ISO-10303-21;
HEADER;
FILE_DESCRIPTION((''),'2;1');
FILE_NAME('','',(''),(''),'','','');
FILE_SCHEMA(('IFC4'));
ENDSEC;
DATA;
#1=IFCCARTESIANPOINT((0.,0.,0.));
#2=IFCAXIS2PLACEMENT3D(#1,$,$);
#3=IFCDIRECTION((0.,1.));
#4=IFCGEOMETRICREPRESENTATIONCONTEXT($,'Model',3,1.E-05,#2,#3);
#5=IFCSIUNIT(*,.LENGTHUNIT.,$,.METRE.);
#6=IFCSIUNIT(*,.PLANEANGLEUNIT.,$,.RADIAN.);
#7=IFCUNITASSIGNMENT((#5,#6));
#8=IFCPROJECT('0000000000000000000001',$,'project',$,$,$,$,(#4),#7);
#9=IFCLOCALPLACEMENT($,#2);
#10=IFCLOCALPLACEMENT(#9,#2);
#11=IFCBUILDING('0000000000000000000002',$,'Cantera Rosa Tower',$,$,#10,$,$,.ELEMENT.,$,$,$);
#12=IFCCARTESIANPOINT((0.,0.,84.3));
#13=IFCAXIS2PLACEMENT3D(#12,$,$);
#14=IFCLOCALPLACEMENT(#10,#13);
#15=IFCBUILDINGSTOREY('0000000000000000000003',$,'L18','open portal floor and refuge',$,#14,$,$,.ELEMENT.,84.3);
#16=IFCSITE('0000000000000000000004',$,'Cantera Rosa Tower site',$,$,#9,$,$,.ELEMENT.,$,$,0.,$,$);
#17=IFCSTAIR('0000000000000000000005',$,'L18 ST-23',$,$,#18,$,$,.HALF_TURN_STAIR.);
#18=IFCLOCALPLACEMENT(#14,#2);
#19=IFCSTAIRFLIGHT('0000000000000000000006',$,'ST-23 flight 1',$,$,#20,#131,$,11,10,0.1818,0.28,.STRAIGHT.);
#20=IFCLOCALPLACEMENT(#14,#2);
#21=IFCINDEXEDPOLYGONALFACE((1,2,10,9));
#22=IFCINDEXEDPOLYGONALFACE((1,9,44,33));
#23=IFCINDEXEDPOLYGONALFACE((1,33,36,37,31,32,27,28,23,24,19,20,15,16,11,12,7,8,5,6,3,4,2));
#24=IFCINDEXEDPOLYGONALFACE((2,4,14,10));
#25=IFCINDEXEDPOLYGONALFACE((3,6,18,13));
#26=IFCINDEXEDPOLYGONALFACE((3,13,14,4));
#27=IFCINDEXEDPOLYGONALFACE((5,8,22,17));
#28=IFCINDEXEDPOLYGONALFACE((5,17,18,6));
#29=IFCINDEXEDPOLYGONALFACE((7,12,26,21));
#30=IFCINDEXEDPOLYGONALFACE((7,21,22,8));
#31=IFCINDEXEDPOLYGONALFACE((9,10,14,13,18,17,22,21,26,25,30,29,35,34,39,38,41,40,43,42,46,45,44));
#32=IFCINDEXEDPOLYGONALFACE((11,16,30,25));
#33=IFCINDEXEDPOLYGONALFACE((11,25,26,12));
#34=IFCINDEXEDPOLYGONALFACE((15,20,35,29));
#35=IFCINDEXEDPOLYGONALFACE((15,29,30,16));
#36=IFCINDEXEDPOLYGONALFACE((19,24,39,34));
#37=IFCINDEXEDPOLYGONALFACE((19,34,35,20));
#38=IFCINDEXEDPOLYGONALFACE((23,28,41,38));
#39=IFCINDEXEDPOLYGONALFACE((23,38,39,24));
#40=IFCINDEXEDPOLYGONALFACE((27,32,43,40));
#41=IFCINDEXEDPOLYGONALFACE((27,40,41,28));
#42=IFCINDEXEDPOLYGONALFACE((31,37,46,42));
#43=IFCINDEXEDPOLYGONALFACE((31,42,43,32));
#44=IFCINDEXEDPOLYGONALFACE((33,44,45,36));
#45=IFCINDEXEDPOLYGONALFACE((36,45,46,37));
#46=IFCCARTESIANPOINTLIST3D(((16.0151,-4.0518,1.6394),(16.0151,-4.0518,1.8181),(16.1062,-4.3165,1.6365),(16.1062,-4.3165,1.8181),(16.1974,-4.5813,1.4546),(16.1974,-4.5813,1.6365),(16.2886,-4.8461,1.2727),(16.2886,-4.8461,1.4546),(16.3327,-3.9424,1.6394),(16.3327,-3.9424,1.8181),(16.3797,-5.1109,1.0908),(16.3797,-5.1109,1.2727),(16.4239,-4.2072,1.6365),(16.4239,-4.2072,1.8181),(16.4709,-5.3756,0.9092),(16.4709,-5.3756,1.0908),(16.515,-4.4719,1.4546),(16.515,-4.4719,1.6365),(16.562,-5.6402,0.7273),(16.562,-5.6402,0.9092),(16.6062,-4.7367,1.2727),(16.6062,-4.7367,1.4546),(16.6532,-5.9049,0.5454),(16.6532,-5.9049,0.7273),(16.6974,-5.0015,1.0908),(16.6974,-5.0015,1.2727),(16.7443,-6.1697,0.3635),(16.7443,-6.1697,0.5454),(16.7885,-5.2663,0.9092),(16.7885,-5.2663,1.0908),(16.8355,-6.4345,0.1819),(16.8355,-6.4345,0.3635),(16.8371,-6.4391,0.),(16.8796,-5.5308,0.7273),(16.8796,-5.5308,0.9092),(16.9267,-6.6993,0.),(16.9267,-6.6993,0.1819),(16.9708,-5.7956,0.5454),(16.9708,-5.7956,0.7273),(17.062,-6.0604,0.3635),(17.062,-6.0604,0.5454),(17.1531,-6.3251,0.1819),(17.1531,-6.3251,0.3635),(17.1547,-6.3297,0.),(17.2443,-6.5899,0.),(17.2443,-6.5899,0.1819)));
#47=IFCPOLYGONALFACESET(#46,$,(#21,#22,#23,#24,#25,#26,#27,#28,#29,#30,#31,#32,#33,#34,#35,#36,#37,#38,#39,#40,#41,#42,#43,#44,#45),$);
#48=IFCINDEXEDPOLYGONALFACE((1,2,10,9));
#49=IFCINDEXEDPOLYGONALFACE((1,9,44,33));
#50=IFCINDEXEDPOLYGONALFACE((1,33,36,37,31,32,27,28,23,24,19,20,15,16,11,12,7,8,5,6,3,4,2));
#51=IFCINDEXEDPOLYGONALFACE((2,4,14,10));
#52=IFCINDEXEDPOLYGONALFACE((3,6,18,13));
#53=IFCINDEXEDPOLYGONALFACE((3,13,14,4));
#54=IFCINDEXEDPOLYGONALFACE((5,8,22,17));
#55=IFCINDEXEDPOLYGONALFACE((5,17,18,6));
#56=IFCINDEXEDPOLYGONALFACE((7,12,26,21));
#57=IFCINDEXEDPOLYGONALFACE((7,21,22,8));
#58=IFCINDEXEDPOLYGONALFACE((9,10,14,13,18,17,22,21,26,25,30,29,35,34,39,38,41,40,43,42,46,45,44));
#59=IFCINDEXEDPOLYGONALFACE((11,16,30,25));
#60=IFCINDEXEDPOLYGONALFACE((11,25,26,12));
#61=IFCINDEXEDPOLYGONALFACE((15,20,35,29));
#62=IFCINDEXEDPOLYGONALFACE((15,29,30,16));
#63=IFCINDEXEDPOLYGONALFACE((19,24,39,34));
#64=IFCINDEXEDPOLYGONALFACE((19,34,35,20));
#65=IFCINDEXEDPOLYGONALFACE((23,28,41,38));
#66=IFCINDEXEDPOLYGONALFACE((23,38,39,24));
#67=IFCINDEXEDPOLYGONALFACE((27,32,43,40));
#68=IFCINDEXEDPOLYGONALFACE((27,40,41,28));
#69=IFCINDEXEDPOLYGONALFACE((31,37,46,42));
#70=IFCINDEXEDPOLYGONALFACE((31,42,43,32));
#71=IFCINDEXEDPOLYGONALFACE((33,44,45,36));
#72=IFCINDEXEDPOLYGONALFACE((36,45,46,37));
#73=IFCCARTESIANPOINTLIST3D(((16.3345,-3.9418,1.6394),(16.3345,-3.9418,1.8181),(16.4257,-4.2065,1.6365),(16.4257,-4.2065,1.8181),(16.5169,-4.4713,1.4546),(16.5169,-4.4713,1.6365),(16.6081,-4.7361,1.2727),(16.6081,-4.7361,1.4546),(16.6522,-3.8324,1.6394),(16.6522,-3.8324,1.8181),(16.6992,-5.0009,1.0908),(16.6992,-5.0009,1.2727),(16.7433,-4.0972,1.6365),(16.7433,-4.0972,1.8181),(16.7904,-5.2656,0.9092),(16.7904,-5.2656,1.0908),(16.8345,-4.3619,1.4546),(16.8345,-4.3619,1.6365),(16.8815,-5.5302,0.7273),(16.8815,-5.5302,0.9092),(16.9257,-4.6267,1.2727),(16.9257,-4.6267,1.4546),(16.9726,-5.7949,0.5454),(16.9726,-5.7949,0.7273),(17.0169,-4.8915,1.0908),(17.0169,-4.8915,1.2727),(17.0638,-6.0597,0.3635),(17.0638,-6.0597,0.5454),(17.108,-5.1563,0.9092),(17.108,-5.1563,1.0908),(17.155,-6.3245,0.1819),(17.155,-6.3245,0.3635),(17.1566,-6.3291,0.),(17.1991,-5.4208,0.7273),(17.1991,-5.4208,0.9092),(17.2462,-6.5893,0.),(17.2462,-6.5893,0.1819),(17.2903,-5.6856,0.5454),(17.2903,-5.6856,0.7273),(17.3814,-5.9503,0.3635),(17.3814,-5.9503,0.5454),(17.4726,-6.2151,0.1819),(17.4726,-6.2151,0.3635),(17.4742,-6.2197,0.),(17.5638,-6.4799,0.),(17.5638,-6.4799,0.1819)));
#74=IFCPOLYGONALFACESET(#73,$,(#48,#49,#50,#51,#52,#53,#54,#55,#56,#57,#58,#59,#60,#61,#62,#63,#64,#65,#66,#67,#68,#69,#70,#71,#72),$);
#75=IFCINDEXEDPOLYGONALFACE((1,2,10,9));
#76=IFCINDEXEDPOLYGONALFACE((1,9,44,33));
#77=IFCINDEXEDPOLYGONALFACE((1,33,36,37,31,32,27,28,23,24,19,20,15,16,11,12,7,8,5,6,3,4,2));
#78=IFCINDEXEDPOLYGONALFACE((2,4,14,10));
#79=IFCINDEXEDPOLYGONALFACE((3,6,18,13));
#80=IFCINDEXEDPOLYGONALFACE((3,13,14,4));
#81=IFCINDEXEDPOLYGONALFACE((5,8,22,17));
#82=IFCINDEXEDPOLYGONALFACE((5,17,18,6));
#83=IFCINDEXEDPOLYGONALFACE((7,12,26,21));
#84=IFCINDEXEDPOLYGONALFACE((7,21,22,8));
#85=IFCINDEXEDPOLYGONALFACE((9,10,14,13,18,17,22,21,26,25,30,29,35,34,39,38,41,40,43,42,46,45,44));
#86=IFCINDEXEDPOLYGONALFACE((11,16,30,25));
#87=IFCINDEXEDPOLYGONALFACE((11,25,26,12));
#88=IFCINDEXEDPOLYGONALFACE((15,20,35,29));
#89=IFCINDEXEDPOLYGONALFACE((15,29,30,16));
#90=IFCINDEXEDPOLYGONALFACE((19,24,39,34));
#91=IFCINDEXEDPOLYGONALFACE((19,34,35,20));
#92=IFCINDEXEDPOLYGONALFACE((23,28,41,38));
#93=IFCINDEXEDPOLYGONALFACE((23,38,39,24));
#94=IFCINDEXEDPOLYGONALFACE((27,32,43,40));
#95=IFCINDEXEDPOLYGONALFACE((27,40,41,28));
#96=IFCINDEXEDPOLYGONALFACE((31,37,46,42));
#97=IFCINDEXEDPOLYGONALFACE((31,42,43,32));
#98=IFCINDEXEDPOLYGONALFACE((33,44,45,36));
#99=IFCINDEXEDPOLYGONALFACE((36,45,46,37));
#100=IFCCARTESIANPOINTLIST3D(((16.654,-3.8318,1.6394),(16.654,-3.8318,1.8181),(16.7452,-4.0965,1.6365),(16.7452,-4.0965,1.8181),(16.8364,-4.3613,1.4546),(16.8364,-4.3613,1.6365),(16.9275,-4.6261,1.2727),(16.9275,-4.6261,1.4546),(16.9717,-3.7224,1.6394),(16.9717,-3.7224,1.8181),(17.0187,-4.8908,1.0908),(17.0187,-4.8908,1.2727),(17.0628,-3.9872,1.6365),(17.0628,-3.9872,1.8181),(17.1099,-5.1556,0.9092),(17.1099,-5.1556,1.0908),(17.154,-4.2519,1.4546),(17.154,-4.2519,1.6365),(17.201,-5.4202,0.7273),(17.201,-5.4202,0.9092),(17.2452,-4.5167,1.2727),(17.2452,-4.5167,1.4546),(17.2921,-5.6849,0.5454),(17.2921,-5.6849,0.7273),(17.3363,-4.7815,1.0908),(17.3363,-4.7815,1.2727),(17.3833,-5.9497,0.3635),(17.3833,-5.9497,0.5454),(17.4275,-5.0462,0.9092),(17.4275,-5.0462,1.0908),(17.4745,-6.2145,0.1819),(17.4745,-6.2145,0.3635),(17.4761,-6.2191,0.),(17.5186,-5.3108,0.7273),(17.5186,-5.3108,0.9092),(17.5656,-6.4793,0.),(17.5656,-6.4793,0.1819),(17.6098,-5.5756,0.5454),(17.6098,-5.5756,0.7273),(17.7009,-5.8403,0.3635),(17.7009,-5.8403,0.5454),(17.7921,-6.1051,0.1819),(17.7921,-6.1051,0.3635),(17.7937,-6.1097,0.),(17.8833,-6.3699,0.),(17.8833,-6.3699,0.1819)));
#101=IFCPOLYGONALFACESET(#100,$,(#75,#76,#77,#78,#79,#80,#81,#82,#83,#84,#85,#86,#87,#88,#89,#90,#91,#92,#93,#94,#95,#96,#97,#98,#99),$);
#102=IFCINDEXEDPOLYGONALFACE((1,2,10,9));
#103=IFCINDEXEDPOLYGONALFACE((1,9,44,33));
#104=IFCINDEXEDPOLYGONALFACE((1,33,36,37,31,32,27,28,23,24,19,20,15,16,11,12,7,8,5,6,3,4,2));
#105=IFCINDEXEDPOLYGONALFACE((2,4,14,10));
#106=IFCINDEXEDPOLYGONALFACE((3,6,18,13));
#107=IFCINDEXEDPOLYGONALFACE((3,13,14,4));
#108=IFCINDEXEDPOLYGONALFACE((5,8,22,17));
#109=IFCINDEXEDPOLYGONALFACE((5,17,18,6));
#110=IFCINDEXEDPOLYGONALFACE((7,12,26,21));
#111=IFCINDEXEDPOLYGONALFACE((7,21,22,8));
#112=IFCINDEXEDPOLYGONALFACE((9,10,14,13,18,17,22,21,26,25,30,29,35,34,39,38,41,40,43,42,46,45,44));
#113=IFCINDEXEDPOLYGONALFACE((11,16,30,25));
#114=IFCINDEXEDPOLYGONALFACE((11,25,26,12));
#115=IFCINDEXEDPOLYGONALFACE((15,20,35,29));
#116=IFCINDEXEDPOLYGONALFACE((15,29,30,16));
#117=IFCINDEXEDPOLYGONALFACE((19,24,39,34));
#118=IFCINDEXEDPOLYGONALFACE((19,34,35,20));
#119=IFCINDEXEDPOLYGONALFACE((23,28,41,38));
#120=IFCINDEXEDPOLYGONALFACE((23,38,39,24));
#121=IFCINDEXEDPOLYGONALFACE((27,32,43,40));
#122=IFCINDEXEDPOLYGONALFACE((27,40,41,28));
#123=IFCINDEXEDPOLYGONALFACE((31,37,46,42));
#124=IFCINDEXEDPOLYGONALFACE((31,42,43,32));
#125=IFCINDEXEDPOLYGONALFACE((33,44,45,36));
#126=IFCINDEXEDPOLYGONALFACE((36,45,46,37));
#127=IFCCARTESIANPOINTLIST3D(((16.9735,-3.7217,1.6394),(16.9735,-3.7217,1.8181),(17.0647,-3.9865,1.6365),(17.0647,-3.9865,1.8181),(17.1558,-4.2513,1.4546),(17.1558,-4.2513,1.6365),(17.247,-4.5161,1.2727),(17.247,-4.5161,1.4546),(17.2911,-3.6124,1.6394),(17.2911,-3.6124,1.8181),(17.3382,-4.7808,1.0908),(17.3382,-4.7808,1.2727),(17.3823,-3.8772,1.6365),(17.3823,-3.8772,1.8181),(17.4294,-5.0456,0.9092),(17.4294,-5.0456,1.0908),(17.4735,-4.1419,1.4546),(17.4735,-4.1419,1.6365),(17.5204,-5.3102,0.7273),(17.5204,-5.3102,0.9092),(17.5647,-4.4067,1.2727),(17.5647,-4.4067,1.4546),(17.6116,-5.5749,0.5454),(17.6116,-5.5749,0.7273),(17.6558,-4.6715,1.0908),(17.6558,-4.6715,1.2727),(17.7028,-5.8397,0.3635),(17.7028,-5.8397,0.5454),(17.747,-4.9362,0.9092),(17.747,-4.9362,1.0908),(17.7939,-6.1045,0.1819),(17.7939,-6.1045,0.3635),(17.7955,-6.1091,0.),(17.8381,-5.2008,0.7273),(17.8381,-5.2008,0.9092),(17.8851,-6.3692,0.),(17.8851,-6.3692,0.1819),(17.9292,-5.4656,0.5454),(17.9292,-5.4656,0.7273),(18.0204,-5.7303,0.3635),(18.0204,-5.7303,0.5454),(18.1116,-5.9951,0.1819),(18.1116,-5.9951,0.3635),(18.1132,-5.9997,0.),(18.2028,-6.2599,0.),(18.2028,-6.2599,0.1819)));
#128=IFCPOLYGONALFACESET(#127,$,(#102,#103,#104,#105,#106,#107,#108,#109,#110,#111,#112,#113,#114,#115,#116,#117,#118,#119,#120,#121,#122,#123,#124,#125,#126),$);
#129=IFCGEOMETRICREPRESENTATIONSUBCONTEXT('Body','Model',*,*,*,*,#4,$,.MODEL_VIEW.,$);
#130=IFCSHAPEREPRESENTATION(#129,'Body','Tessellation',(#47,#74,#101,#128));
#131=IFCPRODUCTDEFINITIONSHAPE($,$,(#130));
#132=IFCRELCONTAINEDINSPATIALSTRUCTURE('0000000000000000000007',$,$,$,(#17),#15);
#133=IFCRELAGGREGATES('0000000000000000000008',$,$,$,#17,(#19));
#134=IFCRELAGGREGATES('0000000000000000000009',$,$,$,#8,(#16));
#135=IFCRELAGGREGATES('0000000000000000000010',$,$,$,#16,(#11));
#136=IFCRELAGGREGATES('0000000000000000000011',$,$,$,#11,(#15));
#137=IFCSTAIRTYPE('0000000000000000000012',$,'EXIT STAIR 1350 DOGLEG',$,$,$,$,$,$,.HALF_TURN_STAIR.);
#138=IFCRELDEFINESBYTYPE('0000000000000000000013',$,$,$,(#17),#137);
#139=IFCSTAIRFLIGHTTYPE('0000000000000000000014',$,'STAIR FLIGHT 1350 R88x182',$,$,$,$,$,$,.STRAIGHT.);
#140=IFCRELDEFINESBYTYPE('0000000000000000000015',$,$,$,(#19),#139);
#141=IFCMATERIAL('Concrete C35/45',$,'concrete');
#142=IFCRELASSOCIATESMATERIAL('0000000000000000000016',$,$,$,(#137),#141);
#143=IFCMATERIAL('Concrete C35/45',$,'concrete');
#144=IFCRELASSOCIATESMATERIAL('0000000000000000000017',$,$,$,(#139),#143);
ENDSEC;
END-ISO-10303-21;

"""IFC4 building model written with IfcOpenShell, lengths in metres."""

from ifc_helpers import new_model, si_unit, direction, frame, origin, place, context, subcontext, project, spatial, polyline, outline, extrude, material, type_object, element, aggregate, save


model = new_model("IFC4")

# Units and contexts
model_context = context("Model", 3, precision=1e-05, world=origin(), true_north=direction((0.0, 1.0)))
body_context = subcontext(model_context, "Body", "Model", "MODEL_VIEW")
ifc_project = project(units=[si_unit("LENGTHUNIT", "METRE"), si_unit("PLANEANGLEUNIT", "RADIAN")], contexts=[model_context])

# Site, building, storey
site_placement = place(None, origin())
site = spatial("IfcSite", under=ifc_project, at=site_placement, Name="Cantera Rosa Tower site", CompositionType="ELEMENT", RefElevation=0.0)
building_placement = place(site_placement, origin())
building = spatial("IfcBuilding", under=site, at=building_placement, Name="Cantera Rosa Tower", CompositionType="ELEMENT")
storey_placement = place(building_placement, frame((0.0, 0.0, 84.3)))
storey = spatial("IfcBuildingStorey", under=building, at=storey_placement, Name="L18", Description="open portal floor and refuge", CompositionType="ELEMENT", Elevation=84.3)

# Stair, stair flight
ifc_material_1 = material(Name="Concrete C35/45", Category="concrete")
stair_type = type_object("IfcStairType", Name="EXIT STAIR 1350 DOGLEG", PredefinedType="HALF_TURN_STAIR", material=ifc_material_1)
stair_placement = place(storey_placement, origin())
stair = element("IfcStair", 1, at=stair_placement, inside=storey, type_object=stair_type, Name="L18 ST-23", PredefinedType="HALF_TURN_STAIR")
ifc_material_2 = material(Name="Concrete C35/45", Category="concrete")
stair_flight_type = type_object("IfcStairFlightType", Name="STAIR FLIGHT 1350 R88x182", PredefinedType="STRAIGHT", material=ifc_material_2)
stair_flight_1_placement = place(storey_placement, frame((17.5649, -6.4795, 0.0), z_axis=(0.0, 0.0, 1.0), x_axis=(-0.325568, 0.945519, 0.0)))
stair_flight_1 = element("IfcStairFlight", 2, at=stair_flight_1_placement, type_object=stair_flight_type, Name="ST-23 flight 1", NumberOfRisers=11, NumberOfTreads=10, PredefinedType="STRAIGHT", RiserHeight=0.1818, TreadLength=0.28, context=body_context, shape_type="SweptSolid", body=[
    extrude(outline(polyline([(0.0, 0.0), (0.0, 0.1819), (0.28, 0.1819), (0.28, 0.3635), (0.5601, 0.3635), (0.5601, 0.5454), (0.8401, 0.5454), (0.8401, 0.7273), (1.1201, 0.7273), (1.1201, 0.9092), (1.3999, 0.9092), (1.3999, 1.0908), (1.6799, 1.0908), (1.6799, 1.2727), (1.96, 1.2727), (1.96, 1.4546), (2.24, 1.4546), (2.24, 1.6365), (2.52, 1.6365), (2.52, 1.8181), (2.8, 1.8181), (2.8, 2.0), (2.8, 1.6394), (0.2751, 0.0), (0.0, 0.0)])), frame((0.0, 0.675, 0.0), z_axis=(0.0, -1.0, 0.0), x_axis=(1.0, 0.0, 0.0)), (0.0, 0.0, 1.0), 0.3359),
    extrude(outline(polyline([(0.0, 0.0), (0.0, 0.1819), (0.28, 0.1819), (0.28, 0.3635), (0.5601, 0.3635), (0.5601, 0.5454), (0.8401, 0.5454), (0.8401, 0.7273), (1.1201, 0.7273), (1.1201, 0.9092), (1.3999, 0.9092), (1.3999, 1.0908), (1.6799, 1.0908), (1.6799, 1.2727), (1.96, 1.2727), (1.96, 1.4546), (2.24, 1.4546), (2.24, 1.6365), (2.52, 1.6365), (2.52, 1.8181), (2.8, 1.8181), (2.8, 2.0), (2.8, 1.6394), (0.2751, 0.0), (0.0, 0.0)])), frame((0.0, 0.3372, 0.0), z_axis=(0.0, -1.0, 0.0), x_axis=(1.0, 0.0, 0.0)), (0.0, 0.0, 1.0), 0.3359),
    extrude(outline(polyline([(0.0, 0.0), (0.0, 0.1819), (0.28, 0.1819), (0.28, 0.3635), (0.5601, 0.3635), (0.5601, 0.5454), (0.8401, 0.5454), (0.8401, 0.7273), (1.1201, 0.7273), (1.1201, 0.9092), (1.3999, 0.9092), (1.3999, 1.0908), (1.6799, 1.0908), (1.6799, 1.2727), (1.96, 1.2727), (1.96, 1.4546), (2.24, 1.4546), (2.24, 1.6365), (2.52, 1.6365), (2.52, 1.8181), (2.8, 1.8181), (2.8, 2.0), (2.8, 1.6394), (0.2751, 0.0), (0.0, 0.0)])), frame((0.0, -0.0007, 0.0), z_axis=(0.0, -1.0, 0.0), x_axis=(1.0, 0.0, 0.0)), (0.0, 0.0, 1.0), 0.3359),
    extrude(outline(polyline([(0.0, 0.0), (0.0, 0.1819), (0.28, 0.1819), (0.28, 0.3635), (0.5601, 0.3635), (0.5601, 0.5454), (0.8401, 0.5454), (0.8401, 0.7273), (1.1201, 0.7273), (1.1201, 0.9092), (1.3999, 0.9092), (1.3999, 1.0908), (1.6799, 1.0908), (1.6799, 1.2727), (1.96, 1.2727), (1.96, 1.4546), (2.24, 1.4546), (2.24, 1.6365), (2.52, 1.6365), (2.52, 1.8181), (2.8, 1.8181), (2.8, 2.0), (2.8, 1.6394), (0.2751, 0.0), (0.0, 0.0)])), frame((0.0, -0.3386, 0.0), z_axis=(0.0, -1.0, 0.0), x_axis=(1.0, 0.0, 0.0)), (0.0, 0.0, 1.0), 0.3359),
])
aggregate(stair, [stair_flight_1])

save(model, "model.ifc")
